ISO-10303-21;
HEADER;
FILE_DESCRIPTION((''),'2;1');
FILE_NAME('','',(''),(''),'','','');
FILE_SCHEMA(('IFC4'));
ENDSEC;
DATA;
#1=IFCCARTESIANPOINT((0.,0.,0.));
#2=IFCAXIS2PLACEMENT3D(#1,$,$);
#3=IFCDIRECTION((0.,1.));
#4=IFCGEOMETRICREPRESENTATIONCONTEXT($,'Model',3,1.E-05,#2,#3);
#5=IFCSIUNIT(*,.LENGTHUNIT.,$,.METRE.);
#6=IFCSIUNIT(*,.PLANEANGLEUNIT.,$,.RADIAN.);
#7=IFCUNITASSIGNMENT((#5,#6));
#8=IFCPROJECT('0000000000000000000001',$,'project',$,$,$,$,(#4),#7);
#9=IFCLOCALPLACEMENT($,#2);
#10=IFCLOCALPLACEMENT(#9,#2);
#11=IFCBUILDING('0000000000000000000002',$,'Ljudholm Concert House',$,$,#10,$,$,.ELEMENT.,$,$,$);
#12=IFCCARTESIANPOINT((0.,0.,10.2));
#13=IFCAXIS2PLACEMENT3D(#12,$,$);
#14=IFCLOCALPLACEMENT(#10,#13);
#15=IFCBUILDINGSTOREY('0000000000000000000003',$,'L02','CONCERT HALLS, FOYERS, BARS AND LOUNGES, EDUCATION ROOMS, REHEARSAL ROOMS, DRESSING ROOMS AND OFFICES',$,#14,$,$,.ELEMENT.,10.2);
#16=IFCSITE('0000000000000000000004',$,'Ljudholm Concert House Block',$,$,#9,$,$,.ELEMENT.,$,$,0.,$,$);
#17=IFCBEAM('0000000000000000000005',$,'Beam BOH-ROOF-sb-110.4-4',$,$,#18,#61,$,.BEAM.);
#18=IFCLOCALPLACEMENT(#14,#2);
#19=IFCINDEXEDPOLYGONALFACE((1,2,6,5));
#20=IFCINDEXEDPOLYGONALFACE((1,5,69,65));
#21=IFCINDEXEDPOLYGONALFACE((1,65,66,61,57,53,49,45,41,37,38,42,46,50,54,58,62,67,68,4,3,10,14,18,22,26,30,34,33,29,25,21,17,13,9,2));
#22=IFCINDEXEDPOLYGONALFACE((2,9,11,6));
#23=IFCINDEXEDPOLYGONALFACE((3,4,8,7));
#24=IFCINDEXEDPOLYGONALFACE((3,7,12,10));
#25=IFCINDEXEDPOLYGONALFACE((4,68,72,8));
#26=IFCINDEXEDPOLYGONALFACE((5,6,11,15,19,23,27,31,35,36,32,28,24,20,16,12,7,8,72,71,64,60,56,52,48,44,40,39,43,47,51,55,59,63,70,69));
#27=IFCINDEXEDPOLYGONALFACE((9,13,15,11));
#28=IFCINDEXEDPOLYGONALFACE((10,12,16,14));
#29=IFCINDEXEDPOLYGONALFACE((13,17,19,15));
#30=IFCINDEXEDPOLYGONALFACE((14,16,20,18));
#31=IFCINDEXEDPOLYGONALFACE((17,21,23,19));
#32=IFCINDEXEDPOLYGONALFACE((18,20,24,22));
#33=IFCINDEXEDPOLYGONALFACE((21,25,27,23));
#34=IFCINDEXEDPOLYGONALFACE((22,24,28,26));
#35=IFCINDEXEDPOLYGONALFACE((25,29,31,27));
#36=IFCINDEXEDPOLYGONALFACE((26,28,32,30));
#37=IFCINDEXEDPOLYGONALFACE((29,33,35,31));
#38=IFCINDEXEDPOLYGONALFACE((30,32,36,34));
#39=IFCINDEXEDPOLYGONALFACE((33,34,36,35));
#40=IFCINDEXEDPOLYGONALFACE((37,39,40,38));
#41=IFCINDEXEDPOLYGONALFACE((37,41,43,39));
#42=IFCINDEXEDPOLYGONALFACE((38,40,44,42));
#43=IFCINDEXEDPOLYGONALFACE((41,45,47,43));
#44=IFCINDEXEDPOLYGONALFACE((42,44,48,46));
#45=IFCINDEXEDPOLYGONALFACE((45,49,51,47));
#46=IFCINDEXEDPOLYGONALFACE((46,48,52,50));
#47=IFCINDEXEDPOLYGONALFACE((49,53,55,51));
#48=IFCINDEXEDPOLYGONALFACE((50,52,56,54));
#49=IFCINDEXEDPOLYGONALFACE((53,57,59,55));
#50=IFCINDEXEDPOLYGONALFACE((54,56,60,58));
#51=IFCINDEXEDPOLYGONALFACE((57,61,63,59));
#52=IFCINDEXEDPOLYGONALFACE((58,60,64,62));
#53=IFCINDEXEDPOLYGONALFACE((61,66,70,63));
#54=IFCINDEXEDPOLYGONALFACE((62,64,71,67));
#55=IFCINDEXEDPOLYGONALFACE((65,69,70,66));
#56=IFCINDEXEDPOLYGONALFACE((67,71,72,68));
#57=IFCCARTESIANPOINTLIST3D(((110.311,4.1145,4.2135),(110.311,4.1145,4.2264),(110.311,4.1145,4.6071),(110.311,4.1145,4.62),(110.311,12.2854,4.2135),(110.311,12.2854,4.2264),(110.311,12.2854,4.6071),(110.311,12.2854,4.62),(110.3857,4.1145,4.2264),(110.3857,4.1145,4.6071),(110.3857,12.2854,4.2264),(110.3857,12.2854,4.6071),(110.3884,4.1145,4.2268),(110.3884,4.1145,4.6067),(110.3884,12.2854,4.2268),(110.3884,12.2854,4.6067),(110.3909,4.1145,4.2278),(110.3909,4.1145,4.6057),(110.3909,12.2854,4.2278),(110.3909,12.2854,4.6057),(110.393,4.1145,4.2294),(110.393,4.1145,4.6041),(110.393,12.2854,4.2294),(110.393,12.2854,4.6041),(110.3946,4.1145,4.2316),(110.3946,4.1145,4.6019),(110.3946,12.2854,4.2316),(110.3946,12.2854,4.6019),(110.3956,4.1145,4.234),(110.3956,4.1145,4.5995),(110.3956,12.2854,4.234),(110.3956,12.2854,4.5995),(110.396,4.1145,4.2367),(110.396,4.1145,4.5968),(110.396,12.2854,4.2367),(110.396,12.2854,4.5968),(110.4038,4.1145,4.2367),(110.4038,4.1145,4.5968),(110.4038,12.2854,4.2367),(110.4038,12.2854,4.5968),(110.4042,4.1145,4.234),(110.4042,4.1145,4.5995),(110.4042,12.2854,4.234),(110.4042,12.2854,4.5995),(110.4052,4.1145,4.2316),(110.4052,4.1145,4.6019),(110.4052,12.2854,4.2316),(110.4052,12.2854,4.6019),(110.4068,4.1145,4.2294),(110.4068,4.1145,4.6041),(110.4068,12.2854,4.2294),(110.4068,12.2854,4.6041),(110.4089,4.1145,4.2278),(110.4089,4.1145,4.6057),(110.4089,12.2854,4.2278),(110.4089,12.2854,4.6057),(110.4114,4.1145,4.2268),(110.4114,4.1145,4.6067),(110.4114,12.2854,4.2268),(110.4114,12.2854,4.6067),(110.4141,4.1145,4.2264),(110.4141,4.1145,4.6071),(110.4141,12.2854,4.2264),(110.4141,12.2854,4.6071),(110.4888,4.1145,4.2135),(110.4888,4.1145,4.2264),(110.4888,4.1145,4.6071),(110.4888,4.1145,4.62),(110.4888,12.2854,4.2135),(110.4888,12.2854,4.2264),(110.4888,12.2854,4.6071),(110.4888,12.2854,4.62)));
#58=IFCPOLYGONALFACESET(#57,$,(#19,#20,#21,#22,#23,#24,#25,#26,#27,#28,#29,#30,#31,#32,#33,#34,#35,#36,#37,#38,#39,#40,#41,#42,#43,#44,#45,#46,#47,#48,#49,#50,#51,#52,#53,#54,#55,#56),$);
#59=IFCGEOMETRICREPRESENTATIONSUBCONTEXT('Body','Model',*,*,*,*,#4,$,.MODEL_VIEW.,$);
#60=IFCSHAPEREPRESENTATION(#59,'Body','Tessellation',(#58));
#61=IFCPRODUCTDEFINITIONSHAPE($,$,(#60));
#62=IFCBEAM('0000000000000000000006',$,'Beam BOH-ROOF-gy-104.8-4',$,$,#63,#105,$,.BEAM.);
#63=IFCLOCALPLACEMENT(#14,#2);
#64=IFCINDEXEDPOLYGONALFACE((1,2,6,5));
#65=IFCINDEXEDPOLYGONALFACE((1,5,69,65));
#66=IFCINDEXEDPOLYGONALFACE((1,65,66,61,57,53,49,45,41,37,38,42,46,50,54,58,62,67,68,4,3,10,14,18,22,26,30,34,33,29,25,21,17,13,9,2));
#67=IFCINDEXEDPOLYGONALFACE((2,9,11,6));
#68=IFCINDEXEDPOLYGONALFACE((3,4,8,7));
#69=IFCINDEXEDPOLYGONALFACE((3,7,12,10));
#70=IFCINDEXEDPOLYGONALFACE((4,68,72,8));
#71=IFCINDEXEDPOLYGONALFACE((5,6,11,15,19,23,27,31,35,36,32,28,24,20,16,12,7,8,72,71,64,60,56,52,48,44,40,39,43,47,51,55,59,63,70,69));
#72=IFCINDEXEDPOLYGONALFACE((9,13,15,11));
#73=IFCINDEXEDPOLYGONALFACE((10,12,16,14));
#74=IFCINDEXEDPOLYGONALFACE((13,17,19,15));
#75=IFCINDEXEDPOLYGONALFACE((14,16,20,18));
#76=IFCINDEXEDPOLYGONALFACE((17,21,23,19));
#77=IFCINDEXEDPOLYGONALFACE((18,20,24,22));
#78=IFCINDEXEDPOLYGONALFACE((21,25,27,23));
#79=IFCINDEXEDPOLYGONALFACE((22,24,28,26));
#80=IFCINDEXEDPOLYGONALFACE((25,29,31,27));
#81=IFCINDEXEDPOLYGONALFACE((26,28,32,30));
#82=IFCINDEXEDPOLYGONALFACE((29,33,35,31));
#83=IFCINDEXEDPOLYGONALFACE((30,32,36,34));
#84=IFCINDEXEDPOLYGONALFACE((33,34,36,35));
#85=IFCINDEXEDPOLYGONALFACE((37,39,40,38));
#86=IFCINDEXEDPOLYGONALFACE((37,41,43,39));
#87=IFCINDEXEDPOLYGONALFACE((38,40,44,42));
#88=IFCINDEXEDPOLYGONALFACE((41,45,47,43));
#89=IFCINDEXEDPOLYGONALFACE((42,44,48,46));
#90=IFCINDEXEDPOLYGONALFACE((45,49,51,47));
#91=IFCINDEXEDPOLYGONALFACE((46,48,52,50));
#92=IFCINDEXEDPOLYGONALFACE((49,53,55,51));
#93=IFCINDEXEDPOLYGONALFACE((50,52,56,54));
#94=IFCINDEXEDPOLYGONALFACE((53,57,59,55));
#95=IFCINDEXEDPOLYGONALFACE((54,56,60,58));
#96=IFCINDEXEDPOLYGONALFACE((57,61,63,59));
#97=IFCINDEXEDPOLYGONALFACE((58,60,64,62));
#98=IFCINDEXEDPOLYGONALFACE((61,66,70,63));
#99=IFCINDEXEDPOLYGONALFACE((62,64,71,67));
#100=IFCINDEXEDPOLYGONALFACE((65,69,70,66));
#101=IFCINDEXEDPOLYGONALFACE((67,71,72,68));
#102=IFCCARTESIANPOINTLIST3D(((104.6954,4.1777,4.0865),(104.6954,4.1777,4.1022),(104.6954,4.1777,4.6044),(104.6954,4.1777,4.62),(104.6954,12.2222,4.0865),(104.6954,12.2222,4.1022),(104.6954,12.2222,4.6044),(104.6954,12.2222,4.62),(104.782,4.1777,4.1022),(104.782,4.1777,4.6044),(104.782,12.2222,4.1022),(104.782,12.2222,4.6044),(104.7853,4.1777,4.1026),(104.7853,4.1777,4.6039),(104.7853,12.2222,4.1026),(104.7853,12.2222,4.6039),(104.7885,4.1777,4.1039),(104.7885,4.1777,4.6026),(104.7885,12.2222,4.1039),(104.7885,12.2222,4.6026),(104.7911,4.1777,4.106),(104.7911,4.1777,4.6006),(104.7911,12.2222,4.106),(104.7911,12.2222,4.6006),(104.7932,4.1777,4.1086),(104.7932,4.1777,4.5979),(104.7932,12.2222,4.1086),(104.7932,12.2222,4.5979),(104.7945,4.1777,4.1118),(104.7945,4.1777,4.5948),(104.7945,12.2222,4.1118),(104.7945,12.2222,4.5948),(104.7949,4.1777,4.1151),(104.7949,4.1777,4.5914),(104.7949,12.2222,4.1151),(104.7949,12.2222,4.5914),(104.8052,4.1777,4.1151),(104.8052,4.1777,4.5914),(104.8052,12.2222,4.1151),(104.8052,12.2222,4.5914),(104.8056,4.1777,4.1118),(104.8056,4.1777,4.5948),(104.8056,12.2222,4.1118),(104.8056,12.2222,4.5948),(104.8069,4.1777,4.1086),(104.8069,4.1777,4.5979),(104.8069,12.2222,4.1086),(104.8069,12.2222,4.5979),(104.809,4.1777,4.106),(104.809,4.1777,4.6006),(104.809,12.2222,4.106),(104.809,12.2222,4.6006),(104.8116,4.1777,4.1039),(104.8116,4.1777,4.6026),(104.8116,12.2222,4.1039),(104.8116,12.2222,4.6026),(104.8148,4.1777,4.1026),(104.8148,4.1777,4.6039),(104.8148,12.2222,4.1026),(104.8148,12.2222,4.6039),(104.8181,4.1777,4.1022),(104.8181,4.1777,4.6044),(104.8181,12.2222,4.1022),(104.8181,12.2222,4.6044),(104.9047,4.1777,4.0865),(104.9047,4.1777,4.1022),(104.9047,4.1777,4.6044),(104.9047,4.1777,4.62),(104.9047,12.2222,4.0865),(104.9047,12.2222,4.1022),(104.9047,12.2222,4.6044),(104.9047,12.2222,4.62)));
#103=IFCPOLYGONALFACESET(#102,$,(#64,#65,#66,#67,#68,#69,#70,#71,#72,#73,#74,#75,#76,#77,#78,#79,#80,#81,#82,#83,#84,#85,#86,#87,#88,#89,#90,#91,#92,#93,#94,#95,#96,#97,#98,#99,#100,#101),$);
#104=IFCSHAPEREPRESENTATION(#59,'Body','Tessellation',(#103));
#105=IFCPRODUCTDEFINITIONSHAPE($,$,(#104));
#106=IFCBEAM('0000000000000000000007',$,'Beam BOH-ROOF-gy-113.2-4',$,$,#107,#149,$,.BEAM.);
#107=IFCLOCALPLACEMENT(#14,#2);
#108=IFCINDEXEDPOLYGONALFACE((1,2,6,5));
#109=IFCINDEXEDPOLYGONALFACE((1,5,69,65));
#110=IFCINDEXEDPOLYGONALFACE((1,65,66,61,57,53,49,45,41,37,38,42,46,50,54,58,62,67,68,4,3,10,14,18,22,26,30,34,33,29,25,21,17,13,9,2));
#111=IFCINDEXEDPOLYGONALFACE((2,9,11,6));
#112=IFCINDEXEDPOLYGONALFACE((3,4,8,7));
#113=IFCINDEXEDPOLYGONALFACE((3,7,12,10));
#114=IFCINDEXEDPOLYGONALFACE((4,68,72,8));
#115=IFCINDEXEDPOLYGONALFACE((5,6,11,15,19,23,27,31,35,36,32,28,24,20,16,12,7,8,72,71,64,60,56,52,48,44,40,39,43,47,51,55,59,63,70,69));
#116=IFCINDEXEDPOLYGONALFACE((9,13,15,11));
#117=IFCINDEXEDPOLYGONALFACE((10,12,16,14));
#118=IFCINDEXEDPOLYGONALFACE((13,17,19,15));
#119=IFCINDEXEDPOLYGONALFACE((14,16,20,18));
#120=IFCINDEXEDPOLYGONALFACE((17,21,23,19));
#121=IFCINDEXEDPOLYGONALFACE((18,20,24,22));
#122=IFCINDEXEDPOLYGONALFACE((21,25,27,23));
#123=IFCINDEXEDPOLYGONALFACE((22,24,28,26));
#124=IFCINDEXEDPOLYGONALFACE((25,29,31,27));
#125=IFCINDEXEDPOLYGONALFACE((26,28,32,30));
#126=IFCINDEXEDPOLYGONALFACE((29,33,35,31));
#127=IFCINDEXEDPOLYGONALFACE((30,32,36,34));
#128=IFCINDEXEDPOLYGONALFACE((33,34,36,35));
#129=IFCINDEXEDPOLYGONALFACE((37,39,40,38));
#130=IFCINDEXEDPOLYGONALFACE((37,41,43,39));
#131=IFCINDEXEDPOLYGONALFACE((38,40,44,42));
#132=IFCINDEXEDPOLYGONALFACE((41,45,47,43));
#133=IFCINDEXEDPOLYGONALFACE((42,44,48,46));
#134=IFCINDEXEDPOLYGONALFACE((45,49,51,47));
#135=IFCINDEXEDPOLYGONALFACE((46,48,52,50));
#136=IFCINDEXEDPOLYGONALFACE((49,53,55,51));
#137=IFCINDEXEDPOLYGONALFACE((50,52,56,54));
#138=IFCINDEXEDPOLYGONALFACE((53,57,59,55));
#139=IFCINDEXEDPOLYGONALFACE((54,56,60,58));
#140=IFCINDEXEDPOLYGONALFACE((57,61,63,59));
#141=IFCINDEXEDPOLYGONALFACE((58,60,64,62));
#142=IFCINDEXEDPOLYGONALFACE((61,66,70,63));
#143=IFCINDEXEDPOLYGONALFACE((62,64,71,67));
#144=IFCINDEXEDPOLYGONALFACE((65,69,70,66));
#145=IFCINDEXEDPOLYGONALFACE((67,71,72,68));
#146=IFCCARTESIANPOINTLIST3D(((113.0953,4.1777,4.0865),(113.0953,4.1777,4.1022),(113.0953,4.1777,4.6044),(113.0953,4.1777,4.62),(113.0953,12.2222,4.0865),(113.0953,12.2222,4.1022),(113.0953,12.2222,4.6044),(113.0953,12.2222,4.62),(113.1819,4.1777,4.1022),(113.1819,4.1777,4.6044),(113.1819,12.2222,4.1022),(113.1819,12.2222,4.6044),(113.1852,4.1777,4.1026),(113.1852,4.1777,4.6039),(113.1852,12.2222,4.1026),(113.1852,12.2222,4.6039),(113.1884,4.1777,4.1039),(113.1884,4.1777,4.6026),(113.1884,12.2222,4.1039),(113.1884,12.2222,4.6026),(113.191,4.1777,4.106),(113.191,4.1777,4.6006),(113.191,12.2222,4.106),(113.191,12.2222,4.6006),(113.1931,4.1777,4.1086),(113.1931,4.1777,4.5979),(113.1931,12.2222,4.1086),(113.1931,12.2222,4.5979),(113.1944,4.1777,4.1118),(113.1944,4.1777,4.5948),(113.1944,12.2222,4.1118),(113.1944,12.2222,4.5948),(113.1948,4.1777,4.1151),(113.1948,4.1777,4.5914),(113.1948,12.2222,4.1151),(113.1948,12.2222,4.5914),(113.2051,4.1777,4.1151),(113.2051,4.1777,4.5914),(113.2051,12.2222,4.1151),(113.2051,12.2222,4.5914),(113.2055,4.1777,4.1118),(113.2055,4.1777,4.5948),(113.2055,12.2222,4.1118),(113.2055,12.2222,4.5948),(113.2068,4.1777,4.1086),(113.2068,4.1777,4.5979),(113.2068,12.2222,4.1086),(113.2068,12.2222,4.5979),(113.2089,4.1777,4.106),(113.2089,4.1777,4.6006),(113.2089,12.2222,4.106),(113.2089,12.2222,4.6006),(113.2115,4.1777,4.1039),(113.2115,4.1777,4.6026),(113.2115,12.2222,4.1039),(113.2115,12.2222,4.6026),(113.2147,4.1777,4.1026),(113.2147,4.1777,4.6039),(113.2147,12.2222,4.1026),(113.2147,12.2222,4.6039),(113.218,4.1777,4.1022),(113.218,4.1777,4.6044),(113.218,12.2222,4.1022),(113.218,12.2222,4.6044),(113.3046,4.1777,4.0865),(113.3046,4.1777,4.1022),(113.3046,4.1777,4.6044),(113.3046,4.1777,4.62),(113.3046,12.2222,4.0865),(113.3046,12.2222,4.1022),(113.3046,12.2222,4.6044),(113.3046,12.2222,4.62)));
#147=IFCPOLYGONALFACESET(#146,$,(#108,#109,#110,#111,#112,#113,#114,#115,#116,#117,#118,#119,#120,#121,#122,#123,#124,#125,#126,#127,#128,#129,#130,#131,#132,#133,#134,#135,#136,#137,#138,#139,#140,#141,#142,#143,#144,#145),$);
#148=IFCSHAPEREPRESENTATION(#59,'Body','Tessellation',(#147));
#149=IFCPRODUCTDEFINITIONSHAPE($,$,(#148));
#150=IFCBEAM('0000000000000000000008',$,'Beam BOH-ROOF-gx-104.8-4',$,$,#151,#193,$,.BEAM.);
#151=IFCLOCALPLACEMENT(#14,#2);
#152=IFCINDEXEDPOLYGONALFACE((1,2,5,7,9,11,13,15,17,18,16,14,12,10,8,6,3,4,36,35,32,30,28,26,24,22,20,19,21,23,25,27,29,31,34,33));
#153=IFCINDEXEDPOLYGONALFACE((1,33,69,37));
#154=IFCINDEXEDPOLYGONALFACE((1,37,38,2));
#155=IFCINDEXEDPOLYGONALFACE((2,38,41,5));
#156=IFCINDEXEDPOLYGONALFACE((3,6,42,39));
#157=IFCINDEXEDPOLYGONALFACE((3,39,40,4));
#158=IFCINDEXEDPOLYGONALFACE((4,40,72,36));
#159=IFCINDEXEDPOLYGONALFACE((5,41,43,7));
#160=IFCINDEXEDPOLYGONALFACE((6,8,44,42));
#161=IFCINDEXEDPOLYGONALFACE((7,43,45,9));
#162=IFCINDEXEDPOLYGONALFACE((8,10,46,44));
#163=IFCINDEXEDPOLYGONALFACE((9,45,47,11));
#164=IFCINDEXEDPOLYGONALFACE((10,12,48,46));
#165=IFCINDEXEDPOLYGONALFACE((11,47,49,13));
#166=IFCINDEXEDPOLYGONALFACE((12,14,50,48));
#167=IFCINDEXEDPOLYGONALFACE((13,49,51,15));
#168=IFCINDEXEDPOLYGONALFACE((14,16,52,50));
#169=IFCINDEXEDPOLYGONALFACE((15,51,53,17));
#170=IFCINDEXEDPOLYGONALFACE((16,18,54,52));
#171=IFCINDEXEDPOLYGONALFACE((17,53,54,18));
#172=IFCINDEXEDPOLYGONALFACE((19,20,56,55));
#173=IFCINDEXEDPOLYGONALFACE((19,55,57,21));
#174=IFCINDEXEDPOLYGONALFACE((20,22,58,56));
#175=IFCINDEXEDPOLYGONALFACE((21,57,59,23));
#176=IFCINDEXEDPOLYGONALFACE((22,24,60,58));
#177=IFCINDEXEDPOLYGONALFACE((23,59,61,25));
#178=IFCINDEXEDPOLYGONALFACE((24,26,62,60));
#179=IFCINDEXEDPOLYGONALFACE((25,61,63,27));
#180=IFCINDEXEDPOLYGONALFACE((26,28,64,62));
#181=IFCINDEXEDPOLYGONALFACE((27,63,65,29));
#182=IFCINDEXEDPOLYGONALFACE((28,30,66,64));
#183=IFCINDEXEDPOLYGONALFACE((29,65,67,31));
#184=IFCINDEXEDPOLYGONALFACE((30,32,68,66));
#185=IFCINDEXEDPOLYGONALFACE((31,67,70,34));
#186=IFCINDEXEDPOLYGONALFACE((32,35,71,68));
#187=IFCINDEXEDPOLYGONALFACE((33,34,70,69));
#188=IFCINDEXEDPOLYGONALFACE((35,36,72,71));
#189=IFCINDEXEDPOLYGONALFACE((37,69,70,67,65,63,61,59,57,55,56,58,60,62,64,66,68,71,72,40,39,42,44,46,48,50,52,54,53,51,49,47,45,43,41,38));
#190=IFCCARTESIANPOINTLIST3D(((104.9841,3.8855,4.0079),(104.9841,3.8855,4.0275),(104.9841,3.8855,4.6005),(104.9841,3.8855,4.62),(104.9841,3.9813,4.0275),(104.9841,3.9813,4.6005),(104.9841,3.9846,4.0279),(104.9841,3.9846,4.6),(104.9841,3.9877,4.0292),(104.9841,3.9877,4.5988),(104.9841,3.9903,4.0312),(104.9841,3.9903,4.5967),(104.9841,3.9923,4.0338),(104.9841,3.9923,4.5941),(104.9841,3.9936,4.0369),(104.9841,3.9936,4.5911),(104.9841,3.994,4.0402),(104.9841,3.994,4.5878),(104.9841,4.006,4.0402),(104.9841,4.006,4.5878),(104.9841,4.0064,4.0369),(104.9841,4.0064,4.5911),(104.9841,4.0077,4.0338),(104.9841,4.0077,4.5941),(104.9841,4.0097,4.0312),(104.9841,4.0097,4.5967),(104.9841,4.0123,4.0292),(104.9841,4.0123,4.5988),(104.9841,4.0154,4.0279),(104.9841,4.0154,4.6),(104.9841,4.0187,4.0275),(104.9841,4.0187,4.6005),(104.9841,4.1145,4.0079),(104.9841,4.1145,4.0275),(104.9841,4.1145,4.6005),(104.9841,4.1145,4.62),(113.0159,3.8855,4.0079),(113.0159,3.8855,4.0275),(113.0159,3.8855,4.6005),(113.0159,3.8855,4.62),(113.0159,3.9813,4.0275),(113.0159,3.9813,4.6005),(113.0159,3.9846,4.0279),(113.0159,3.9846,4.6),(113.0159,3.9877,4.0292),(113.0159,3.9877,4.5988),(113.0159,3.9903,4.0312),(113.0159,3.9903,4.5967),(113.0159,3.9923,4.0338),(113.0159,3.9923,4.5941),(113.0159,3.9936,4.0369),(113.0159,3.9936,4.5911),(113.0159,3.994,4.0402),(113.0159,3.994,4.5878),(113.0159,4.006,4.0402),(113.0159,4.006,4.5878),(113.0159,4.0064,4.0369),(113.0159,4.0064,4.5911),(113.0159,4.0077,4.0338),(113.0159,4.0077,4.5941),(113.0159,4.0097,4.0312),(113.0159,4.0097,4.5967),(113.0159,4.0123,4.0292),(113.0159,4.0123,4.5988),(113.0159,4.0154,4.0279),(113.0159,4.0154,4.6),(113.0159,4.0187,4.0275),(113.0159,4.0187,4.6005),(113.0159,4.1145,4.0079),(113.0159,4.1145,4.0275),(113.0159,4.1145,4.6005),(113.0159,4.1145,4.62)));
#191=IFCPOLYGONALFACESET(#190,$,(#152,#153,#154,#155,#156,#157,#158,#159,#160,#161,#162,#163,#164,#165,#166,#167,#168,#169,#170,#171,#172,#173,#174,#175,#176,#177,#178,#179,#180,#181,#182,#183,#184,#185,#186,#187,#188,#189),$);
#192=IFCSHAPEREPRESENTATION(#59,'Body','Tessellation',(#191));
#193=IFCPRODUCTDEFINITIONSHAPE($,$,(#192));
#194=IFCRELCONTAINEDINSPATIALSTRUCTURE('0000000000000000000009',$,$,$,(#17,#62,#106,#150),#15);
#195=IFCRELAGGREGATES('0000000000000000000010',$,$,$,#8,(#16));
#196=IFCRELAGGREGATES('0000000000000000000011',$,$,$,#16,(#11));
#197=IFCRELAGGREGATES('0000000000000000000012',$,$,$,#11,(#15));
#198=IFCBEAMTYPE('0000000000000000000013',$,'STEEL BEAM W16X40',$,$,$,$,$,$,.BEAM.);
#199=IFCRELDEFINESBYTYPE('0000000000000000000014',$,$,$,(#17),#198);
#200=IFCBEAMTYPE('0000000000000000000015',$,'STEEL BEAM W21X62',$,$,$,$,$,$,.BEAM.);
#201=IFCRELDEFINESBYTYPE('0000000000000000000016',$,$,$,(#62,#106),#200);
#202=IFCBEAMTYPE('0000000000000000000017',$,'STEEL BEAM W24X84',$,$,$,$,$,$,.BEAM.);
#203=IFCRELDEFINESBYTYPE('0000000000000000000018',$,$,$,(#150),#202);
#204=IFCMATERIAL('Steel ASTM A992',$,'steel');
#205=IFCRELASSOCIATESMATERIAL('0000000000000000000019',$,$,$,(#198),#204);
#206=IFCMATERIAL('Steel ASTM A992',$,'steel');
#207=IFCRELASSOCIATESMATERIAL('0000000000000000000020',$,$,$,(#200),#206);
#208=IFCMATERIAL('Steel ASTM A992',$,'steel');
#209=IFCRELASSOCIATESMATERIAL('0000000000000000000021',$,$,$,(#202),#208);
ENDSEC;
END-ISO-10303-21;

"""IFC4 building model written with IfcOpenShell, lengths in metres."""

from ifc_helpers import new_model, si_unit, direction, frame, origin, origin_2d, place, context, subcontext, project, spatial, i_section, extrude, material, material_profile, profile_set, type_object, element, save


model = new_model("IFC4")

# Units and contexts
model_context = context("Model", 3, precision=1e-05, world=origin(), true_north=direction((0.0, 1.0)))
body_context = subcontext(model_context, "Body", "Model", "MODEL_VIEW")
ifc_project = project(units=[si_unit("LENGTHUNIT", "METRE"), si_unit("PLANEANGLEUNIT", "RADIAN")], contexts=[model_context])

# Site, building, storey
site_placement = place(None, origin())
site = spatial("IfcSite", under=ifc_project, at=site_placement, Name="Ljudholm Concert House Block", CompositionType="ELEMENT", RefElevation=0.0)
building_placement = place(site_placement, origin())
building = spatial("IfcBuilding", under=site, at=building_placement, Name="Ljudholm Concert House", CompositionType="ELEMENT")
storey_placement = place(building_placement, frame((0.0, 0.0, 10.2)))
storey = spatial("IfcBuildingStorey", under=building, at=storey_placement, Name="L02", Description="CONCERT HALLS, FOYERS, BARS AND LOUNGES, EDUCATION ROOMS, REHEARSAL ROOMS, DRESSING ROOMS AND OFFICES", CompositionType="ELEMENT", Elevation=10.2)

# Beams
ifc_material_1 = material(Name="Steel ASTM A992", Category="steel")
ifc_material_profile_1 = material_profile(ifc_material_1, i_section(OverallWidth=0.1777, OverallDepth=0.4065, WebThickness=0.0078, FlangeThickness=0.0129, FilletRadius=0.0103, at=origin_2d()), Name="W16X40")
ifc_profile_set_1 = profile_set([ifc_material_profile_1], Name="Steel ASTM A992")
beam_type_1 = type_object("IfcBeamType", Name="STEEL BEAM W16X40", PredefinedType="BEAM", material=ifc_profile_set_1)
for number, where, z_axis, x_axis, name in (
    (1, (110.3999, 4.1145, 4.4167), (0.0, 1.0, 0.0), (-1.0, 0.0, 0.0), "Beam BOH-ROOF-sb-110.4-4"),
):
    element("IfcBeam", number, at=place(storey_placement, frame(where, z_axis=z_axis, x_axis=x_axis)), inside=storey, type_object=beam_type_1, Name=name, PredefinedType="BEAM", context=body_context, shape_type="SweptSolid", body=[
        extrude(i_section(OverallWidth=0.1777, OverallDepth=0.4065, WebThickness=0.0078, FlangeThickness=0.0129, FilletRadius=0.0103, at=origin_2d()), origin(), (0.0, 0.0, 1.0), 8.1709),
    ])
ifc_material_2 = material(Name="Steel ASTM A992", Category="steel")
ifc_material_profile_2 = material_profile(ifc_material_2, i_section(OverallWidth=0.2092, OverallDepth=0.5334, WebThickness=0.0103, FlangeThickness=0.0156, FilletRadius=0.0129, at=origin_2d()), Name="W21X62")
ifc_profile_set_2 = profile_set([ifc_material_profile_2], Name="Steel ASTM A992")
beam_type_2 = type_object("IfcBeamType", Name="STEEL BEAM W21X62", PredefinedType="BEAM", material=ifc_profile_set_2)
for number, where, z_axis, x_axis, name in (
    (2, (104.8, 4.1777, 4.3533), (0.0, 1.0, 0.0), (-1.0, 0.0, 0.0), "Beam BOH-ROOF-gy-104.8-4"),
    (3, (113.2, 4.1777, 4.3533), (0.0, 1.0, 0.0), (-1.0, 0.0, 0.0), "Beam BOH-ROOF-gy-113.2-4"),
):
    element("IfcBeam", number, at=place(storey_placement, frame(where, z_axis=z_axis, x_axis=x_axis)), inside=storey, type_object=beam_type_2, Name=name, PredefinedType="BEAM", context=body_context, shape_type="SweptSolid", body=[
        extrude(i_section(OverallWidth=0.2092, OverallDepth=0.5334, WebThickness=0.0103, FlangeThickness=0.0156, FilletRadius=0.0129, at=origin_2d()), origin(), (0.0, 0.0, 1.0), 8.0444),
    ])
ifc_material_3 = material(Name="Steel ASTM A992", Category="steel")
ifc_material_profile_3 = material_profile(ifc_material_3, i_section(OverallWidth=0.229, OverallDepth=0.6121, WebThickness=0.012, FlangeThickness=0.0195, FilletRadius=0.0127, at=origin_2d()), Name="W24X84")
ifc_profile_set_3 = profile_set([ifc_material_profile_3], Name="Steel ASTM A992")
beam_type_3 = type_object("IfcBeamType", Name="STEEL BEAM W24X84", PredefinedType="BEAM", material=ifc_profile_set_3)
for number, where, z_axis, x_axis, name in (
    (4, (104.9841, 4.0, 4.314), (1.0, 0.0, 0.0), (0.0, 1.0, 0.0), "Beam BOH-ROOF-gx-104.8-4"),
):
    element("IfcBeam", number, at=place(storey_placement, frame(where, z_axis=z_axis, x_axis=x_axis)), inside=storey, type_object=beam_type_3, Name=name, PredefinedType="BEAM", context=body_context, shape_type="SweptSolid", body=[
        extrude(i_section(OverallWidth=0.229, OverallDepth=0.6121, WebThickness=0.012, FlangeThickness=0.0195, FilletRadius=0.0127, at=origin_2d()), origin(), (0.0, 0.0, 1.0), 8.0317),
    ])

save(model, "model.ifc")
